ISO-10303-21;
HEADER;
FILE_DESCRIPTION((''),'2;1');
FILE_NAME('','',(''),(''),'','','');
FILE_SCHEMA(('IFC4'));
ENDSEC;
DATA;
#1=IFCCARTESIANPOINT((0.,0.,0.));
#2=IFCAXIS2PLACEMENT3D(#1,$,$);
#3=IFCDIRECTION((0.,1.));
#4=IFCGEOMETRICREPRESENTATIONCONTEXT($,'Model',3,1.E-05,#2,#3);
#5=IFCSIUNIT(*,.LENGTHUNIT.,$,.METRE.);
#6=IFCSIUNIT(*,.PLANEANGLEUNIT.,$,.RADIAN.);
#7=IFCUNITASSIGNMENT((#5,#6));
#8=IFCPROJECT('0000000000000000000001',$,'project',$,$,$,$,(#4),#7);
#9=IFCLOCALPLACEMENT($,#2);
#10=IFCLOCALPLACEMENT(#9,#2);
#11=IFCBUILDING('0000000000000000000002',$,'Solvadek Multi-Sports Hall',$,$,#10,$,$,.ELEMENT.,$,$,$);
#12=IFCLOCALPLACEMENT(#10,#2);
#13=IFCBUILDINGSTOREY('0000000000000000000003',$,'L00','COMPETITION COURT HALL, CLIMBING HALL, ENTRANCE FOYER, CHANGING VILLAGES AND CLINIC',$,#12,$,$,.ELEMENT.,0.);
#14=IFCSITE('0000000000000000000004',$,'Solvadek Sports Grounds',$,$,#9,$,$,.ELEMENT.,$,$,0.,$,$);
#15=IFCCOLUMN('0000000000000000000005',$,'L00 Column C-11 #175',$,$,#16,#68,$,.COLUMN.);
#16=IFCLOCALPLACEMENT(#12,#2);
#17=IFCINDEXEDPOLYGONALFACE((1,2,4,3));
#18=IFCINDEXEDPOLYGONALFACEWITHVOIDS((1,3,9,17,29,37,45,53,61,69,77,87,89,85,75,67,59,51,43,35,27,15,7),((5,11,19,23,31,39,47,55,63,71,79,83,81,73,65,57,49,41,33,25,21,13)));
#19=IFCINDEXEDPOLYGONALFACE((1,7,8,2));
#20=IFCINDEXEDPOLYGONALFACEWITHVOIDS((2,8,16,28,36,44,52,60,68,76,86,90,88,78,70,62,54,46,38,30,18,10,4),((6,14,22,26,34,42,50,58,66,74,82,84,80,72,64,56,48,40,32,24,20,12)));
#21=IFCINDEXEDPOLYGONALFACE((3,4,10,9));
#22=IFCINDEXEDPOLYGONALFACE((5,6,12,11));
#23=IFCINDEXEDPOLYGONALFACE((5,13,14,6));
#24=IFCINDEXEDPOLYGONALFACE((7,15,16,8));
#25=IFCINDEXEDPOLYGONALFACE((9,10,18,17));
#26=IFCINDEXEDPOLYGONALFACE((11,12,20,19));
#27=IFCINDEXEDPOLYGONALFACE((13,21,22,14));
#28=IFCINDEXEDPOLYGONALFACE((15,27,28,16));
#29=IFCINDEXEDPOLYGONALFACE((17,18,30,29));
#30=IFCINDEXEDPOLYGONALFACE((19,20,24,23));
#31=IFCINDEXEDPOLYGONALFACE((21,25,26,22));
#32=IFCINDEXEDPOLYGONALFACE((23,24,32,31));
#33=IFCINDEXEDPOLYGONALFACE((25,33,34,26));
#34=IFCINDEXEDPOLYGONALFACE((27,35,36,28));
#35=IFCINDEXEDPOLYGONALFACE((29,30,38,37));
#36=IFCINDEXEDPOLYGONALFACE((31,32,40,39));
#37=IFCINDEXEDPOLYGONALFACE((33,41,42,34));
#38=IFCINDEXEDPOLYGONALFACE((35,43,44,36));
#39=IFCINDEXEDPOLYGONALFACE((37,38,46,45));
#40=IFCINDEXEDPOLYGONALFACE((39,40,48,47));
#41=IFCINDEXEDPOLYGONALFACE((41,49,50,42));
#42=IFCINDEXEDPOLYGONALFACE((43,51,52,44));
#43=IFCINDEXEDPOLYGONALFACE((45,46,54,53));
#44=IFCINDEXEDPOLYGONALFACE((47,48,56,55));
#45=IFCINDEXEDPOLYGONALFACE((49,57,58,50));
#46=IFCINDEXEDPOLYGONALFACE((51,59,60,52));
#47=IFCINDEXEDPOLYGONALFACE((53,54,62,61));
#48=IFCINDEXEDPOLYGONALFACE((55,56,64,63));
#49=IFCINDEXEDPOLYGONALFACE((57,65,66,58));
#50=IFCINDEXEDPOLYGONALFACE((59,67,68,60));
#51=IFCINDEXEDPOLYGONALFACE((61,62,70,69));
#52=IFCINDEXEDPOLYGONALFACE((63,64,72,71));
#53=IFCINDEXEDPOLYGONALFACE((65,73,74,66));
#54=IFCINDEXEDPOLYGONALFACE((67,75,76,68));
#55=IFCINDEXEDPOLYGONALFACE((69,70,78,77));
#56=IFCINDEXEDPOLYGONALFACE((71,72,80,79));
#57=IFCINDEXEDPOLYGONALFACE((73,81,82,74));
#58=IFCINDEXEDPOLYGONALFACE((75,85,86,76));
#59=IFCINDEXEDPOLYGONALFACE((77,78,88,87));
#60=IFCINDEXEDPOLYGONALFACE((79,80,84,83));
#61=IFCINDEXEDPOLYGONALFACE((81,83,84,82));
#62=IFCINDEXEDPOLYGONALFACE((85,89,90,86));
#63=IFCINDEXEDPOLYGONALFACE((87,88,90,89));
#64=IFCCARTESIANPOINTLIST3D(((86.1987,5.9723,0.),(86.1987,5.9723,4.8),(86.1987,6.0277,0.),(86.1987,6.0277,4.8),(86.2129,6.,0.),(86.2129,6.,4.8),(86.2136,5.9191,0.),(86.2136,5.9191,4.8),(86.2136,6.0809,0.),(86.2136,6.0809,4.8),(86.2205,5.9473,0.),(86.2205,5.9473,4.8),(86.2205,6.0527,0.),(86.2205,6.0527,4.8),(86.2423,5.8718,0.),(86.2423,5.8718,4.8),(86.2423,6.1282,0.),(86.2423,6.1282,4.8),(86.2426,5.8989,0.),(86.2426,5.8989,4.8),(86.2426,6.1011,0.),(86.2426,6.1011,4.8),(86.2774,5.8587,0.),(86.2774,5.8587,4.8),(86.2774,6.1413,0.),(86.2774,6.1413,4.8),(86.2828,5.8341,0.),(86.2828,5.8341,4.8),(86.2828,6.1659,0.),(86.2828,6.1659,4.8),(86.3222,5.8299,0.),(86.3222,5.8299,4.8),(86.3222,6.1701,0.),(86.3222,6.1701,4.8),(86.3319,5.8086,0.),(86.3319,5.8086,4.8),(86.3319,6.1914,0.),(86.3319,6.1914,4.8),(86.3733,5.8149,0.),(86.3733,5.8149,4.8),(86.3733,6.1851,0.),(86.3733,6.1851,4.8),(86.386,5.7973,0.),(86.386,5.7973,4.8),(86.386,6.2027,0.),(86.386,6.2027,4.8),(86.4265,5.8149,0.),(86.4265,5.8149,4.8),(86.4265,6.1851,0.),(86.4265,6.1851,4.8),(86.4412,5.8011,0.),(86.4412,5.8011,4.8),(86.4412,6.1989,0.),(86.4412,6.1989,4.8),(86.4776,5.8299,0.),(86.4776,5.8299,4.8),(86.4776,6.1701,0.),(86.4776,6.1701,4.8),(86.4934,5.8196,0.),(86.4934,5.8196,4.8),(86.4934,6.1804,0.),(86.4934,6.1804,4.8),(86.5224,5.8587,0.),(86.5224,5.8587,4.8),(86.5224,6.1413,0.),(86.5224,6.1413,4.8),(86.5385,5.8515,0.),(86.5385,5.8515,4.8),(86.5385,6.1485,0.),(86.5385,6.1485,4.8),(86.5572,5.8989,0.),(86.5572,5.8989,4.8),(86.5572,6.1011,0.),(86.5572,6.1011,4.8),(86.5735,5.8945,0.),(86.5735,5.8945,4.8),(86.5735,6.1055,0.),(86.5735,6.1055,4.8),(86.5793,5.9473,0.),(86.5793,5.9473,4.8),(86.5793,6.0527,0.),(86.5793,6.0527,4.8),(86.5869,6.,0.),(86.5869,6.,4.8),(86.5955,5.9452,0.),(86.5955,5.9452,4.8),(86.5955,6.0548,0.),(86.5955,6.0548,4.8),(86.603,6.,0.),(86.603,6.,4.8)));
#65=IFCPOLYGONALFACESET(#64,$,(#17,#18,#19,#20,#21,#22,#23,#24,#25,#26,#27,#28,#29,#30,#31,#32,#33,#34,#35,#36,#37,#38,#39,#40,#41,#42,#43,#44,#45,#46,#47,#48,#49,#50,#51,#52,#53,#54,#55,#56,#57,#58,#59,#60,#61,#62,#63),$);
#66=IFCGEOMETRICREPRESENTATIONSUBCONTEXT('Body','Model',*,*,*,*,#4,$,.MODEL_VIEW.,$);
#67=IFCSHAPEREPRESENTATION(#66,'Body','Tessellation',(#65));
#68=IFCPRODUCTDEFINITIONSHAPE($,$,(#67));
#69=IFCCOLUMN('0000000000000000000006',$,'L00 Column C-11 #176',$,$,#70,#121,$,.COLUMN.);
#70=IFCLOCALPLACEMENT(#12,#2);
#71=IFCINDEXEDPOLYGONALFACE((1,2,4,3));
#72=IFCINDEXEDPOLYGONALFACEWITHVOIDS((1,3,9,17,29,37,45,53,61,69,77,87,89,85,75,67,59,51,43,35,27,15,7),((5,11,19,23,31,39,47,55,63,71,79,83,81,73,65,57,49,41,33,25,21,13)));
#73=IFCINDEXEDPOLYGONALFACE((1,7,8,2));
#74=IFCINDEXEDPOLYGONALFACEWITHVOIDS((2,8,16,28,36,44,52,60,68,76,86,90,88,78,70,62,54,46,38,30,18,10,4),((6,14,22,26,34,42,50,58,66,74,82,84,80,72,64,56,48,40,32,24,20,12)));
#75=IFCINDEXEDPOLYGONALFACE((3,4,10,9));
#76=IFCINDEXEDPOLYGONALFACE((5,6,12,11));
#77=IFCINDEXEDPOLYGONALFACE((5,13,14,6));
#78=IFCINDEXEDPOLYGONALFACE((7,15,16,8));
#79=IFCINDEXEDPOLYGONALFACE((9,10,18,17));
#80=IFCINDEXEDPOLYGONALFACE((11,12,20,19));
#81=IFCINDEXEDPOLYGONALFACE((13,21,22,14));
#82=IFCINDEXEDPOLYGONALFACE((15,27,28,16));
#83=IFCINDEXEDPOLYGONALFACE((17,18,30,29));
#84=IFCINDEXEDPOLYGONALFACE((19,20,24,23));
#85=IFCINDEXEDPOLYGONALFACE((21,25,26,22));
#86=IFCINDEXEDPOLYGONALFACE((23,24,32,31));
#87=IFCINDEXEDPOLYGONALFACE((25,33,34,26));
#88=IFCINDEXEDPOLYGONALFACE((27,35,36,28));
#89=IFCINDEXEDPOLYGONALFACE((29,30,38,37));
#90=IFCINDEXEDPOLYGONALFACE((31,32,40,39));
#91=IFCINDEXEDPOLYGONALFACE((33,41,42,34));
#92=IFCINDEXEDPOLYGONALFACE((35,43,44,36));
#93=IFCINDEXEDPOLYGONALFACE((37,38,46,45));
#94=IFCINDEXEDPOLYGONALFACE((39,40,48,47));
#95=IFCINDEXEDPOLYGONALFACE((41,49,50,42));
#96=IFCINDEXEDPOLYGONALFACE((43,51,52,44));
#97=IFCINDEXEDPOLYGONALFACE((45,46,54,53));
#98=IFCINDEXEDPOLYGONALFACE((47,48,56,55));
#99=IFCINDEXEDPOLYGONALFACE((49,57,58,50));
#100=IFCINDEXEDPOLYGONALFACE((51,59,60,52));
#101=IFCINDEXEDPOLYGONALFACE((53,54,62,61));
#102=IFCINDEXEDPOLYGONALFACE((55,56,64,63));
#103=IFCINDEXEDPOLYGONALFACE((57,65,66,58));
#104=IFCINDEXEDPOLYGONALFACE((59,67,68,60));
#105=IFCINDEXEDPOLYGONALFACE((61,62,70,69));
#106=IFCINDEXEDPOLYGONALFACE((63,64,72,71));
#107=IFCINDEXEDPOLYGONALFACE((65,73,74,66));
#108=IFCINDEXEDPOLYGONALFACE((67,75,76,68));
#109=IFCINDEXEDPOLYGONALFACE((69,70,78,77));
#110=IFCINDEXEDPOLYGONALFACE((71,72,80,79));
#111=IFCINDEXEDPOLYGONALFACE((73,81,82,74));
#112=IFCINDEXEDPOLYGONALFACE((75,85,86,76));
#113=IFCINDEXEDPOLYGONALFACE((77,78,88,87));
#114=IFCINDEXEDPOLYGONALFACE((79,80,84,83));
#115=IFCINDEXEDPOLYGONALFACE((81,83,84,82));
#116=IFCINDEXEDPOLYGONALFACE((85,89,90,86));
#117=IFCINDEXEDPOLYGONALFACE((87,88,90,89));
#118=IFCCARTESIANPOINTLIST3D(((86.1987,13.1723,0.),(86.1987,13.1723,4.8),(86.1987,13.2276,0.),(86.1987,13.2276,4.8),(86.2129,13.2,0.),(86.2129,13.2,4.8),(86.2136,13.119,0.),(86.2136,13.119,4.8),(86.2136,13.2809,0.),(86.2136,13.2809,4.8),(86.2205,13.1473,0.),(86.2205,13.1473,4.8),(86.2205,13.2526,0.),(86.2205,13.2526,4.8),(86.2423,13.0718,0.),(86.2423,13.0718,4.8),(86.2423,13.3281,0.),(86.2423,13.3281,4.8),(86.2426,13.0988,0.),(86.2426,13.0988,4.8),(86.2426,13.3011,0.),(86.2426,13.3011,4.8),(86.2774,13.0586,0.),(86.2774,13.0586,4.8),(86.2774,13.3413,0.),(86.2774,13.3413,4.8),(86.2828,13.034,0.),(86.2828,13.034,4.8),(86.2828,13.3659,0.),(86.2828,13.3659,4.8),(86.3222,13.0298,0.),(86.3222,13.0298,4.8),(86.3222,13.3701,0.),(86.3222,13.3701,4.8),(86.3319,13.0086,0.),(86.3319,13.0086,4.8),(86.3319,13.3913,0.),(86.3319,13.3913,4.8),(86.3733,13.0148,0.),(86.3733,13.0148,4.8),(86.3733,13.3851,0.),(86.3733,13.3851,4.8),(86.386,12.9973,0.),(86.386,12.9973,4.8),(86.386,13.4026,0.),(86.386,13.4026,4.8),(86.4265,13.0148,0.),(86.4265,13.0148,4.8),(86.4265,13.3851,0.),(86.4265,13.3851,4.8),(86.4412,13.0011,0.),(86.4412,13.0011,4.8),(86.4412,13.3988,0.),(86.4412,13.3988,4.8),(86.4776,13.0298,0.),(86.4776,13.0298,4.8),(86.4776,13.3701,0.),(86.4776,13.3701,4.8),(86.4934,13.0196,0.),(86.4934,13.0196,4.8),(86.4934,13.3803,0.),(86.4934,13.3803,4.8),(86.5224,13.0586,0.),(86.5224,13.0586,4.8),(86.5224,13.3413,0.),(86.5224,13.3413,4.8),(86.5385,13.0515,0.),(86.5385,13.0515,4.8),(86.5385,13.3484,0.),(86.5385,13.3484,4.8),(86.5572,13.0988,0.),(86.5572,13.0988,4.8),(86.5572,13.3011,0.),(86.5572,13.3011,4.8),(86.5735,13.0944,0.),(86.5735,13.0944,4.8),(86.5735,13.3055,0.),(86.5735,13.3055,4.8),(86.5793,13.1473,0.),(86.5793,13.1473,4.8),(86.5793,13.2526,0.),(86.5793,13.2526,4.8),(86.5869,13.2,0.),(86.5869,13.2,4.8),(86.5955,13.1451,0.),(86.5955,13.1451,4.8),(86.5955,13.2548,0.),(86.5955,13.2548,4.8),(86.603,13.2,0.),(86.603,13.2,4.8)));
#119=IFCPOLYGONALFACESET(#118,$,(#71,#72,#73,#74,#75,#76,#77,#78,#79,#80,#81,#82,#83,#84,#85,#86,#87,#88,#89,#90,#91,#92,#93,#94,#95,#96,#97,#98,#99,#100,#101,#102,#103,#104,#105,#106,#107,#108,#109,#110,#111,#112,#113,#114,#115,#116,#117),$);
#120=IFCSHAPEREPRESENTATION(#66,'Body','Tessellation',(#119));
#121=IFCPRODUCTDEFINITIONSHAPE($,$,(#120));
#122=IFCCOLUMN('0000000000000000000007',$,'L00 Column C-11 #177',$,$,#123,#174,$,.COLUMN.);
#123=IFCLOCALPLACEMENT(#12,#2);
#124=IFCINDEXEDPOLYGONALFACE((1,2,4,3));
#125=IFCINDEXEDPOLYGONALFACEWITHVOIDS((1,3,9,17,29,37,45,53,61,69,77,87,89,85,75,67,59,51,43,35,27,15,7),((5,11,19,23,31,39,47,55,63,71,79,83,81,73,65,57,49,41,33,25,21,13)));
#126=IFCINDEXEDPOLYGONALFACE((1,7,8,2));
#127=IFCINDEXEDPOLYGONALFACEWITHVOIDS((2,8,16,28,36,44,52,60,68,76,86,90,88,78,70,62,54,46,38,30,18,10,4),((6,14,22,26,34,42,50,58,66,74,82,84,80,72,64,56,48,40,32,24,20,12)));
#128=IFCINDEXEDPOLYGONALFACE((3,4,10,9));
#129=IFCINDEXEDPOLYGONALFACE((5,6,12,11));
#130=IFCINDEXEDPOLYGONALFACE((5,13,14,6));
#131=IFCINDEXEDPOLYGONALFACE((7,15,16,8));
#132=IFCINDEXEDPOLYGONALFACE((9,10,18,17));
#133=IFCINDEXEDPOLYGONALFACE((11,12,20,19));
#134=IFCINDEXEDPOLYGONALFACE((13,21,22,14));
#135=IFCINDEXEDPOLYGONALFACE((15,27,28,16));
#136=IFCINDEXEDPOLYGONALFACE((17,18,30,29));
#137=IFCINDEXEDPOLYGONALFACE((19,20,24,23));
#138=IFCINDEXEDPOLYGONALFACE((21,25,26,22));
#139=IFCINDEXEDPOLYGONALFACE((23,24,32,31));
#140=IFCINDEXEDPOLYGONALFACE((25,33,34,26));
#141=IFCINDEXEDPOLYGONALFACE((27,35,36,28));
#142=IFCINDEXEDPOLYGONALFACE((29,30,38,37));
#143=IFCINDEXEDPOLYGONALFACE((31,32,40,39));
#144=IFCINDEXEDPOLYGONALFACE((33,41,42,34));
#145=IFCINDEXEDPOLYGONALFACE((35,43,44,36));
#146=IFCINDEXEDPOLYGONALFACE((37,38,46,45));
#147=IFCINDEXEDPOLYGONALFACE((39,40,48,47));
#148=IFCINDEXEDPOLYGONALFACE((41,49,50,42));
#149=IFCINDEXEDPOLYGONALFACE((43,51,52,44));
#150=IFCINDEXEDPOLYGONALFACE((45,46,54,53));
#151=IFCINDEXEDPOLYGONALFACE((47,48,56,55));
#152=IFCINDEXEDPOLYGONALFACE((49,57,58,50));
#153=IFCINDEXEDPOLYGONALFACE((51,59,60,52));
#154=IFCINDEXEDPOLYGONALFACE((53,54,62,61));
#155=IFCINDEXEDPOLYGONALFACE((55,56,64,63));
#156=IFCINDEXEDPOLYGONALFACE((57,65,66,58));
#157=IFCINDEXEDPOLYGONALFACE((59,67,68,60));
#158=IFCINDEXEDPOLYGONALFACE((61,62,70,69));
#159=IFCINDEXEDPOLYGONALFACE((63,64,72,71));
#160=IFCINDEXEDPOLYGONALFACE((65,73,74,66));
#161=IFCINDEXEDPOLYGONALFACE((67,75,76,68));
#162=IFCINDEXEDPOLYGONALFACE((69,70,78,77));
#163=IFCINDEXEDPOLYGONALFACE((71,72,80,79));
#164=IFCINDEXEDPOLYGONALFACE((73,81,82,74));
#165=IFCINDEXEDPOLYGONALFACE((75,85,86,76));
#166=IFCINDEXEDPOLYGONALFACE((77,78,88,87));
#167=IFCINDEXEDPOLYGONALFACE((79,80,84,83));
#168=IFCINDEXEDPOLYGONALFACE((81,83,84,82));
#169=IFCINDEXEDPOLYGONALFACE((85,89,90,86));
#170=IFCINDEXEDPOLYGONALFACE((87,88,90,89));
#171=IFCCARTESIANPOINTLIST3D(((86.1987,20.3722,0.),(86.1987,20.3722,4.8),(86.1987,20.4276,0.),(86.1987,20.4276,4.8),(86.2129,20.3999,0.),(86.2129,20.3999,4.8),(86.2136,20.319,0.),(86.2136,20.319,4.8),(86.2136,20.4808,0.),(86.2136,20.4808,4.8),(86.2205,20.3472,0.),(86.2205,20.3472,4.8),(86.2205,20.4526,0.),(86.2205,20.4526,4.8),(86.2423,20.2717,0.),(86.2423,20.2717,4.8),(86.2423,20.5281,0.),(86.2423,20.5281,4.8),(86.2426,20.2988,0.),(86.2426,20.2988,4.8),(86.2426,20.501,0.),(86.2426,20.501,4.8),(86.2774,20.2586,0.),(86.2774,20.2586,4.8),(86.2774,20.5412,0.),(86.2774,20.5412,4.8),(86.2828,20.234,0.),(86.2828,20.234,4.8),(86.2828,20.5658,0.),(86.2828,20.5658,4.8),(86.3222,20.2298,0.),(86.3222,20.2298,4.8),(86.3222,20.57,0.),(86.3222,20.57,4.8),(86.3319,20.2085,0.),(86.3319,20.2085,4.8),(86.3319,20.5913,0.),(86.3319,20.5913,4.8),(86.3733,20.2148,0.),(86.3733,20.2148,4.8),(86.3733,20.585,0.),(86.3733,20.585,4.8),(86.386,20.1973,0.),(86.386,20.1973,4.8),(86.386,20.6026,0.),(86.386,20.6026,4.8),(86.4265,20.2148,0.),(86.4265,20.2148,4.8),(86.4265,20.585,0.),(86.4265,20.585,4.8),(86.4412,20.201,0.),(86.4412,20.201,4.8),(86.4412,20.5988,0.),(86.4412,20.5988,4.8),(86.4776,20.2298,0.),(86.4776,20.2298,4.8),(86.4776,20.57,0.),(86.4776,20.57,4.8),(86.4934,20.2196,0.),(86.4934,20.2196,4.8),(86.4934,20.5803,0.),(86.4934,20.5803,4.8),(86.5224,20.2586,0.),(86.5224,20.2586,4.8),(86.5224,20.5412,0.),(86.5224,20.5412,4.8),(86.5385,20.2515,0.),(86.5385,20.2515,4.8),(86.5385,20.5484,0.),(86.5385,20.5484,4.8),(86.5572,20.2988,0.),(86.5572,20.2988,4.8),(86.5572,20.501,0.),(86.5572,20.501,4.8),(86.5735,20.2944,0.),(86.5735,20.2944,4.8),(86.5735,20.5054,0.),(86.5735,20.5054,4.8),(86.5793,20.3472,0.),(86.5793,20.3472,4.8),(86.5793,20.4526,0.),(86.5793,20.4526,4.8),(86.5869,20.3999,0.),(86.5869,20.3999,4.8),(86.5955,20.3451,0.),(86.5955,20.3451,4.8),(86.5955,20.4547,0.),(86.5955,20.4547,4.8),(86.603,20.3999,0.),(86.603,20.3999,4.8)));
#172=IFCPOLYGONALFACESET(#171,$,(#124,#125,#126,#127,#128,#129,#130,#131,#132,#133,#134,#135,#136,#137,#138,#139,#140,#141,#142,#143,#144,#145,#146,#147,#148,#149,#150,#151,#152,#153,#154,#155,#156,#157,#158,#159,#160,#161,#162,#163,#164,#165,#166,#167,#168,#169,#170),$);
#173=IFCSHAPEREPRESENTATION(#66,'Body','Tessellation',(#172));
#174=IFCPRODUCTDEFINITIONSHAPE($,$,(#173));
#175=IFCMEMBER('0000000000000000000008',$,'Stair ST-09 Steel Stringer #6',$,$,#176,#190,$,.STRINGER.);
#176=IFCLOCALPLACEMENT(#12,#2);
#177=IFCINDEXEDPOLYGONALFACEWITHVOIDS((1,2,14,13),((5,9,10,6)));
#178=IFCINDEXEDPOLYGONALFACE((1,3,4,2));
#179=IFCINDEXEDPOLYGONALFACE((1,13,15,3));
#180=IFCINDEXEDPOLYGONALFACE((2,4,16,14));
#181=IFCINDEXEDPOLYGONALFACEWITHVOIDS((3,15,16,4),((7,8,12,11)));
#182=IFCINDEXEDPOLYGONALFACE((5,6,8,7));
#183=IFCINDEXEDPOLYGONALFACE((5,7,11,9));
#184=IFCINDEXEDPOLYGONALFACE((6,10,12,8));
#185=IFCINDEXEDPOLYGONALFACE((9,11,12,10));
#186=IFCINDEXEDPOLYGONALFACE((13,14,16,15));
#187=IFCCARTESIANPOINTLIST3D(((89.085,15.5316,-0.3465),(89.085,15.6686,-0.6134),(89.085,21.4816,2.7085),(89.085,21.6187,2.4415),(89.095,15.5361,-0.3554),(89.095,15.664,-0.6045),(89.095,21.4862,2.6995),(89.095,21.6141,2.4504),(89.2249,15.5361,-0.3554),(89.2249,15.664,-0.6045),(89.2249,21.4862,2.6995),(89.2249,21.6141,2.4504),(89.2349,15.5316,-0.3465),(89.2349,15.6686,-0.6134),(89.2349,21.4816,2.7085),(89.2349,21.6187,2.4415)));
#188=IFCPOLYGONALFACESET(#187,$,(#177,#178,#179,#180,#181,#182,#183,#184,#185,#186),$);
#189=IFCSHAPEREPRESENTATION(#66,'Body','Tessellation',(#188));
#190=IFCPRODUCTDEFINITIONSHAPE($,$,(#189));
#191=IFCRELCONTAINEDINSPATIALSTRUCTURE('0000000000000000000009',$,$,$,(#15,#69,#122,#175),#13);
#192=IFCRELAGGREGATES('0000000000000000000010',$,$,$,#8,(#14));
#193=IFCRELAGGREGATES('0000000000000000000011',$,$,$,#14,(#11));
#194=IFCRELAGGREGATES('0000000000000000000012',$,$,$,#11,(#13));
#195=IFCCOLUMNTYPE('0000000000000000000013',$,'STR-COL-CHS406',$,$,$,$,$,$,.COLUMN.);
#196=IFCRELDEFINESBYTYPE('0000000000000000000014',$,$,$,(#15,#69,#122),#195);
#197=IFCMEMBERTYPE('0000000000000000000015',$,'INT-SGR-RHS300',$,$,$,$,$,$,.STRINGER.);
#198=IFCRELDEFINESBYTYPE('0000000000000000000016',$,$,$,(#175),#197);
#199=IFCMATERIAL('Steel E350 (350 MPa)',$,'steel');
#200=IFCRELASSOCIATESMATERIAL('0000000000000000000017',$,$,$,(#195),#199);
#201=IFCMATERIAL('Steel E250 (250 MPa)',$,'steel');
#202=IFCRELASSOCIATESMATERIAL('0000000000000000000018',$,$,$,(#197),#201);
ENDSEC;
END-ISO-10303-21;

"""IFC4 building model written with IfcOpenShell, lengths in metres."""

from ifc_helpers import new_model, si_unit, direction, frame, origin, origin_2d, place, context, subcontext, project, spatial, hollow_rectangle, hollow_circle, extrude, material, material_profile, profile_set, type_object, element, save


model = new_model("IFC4")

# Units and contexts
model_context = context("Model", 3, precision=1e-05, world=origin(), true_north=direction((0.0, 1.0)))
body_context = subcontext(model_context, "Body", "Model", "MODEL_VIEW")
ifc_project = project(units=[si_unit("LENGTHUNIT", "METRE"), si_unit("PLANEANGLEUNIT", "RADIAN")], contexts=[model_context])

# Site, building, storey
site_placement = place(None, origin())
site = spatial("IfcSite", under=ifc_project, at=site_placement, Name="Solvadek Sports Grounds", CompositionType="ELEMENT", RefElevation=0.0)
building_placement = place(site_placement, origin())
building = spatial("IfcBuilding", under=site, at=building_placement, Name="Solvadek Multi-Sports Hall", CompositionType="ELEMENT")
storey_placement = place(building_placement, origin())
storey = spatial("IfcBuildingStorey", under=building, at=storey_placement, Name="L00", Description="COMPETITION COURT HALL, CLIMBING HALL, ENTRANCE FOYER, CHANGING VILLAGES AND CLINIC", CompositionType="ELEMENT", Elevation=0.0)

# Columns
ifc_material_1 = material(Name="Steel E350 (350 MPa)", Category="steel")
ifc_material_profile_1 = material_profile(ifc_material_1, hollow_circle(Radius=0.2031, WallThickness=0.0161, at=origin_2d()), Name="CHS 406.4x16")
ifc_profile_set_1 = profile_set([ifc_material_profile_1], Name="Steel E350 (350 MPa)")
column_type = type_object("IfcColumnType", Name="STR-COL-CHS406", PredefinedType="COLUMN", material=ifc_profile_set_1)
for number, where, z_axis, x_axis, name in (
    (1, (86.3999, 6.0, 0.0), (0.0, 0.0, 1.0), (1.0, 0.0, 0.0), "L00 Column C-11 #175"),
    (2, (86.3999, 13.2, 0.0), (0.0, 0.0, 1.0), (1.0, 0.0, 0.0), "L00 Column C-11 #176"),
    (3, (86.3999, 20.3999, 0.0), (0.0, 0.0, 1.0), (1.0, 0.0, 0.0), "L00 Column C-11 #177"),
):
    element("IfcColumn", number, at=place(storey_placement, frame(where, z_axis=z_axis, x_axis=x_axis)), inside=storey, type_object=column_type, Name=name, PredefinedType="COLUMN", context=body_context, shape_type="SweptSolid", body=[
        extrude(hollow_circle(Radius=0.2031, WallThickness=0.0161, at=origin_2d()), origin(), (0.0, 0.0, 1.0), 4.8),
    ])

# Member
ifc_material_2 = material(Name="Steel E250 (250 MPa)", Category="steel")
ifc_material_profile_2 = material_profile(ifc_material_2, hollow_rectangle(XDim=0.1499, YDim=0.3, WallThickness=0.01, at=origin_2d()), Name="RHS 300x150x10")
ifc_profile_set_2 = profile_set([ifc_material_profile_2], Name="Steel E250 (250 MPa)")
member_type = type_object("IfcMemberType", Name="INT-SGR-RHS300", PredefinedType="STRINGER", material=ifc_profile_set_2)
member_placement = place(storey_placement, frame((89.1599, 15.6001, -0.48), z_axis=(0.0, 0.889594, 0.456752), x_axis=(-1.0, 0.0, 0.0)))
element("IfcMember", 4, at=member_placement, inside=storey, type_object=member_type, Name="Stair ST-09 Steel Stringer #6", PredefinedType="STRINGER", context=body_context, shape_type="SweptSolid", body=[
    extrude(hollow_rectangle(XDim=0.1499, YDim=0.3, WallThickness=0.01, at=origin_2d()), origin(), (0.0, 0.0, 1.0), 6.6885),
])

save(model, "model.ifc")
